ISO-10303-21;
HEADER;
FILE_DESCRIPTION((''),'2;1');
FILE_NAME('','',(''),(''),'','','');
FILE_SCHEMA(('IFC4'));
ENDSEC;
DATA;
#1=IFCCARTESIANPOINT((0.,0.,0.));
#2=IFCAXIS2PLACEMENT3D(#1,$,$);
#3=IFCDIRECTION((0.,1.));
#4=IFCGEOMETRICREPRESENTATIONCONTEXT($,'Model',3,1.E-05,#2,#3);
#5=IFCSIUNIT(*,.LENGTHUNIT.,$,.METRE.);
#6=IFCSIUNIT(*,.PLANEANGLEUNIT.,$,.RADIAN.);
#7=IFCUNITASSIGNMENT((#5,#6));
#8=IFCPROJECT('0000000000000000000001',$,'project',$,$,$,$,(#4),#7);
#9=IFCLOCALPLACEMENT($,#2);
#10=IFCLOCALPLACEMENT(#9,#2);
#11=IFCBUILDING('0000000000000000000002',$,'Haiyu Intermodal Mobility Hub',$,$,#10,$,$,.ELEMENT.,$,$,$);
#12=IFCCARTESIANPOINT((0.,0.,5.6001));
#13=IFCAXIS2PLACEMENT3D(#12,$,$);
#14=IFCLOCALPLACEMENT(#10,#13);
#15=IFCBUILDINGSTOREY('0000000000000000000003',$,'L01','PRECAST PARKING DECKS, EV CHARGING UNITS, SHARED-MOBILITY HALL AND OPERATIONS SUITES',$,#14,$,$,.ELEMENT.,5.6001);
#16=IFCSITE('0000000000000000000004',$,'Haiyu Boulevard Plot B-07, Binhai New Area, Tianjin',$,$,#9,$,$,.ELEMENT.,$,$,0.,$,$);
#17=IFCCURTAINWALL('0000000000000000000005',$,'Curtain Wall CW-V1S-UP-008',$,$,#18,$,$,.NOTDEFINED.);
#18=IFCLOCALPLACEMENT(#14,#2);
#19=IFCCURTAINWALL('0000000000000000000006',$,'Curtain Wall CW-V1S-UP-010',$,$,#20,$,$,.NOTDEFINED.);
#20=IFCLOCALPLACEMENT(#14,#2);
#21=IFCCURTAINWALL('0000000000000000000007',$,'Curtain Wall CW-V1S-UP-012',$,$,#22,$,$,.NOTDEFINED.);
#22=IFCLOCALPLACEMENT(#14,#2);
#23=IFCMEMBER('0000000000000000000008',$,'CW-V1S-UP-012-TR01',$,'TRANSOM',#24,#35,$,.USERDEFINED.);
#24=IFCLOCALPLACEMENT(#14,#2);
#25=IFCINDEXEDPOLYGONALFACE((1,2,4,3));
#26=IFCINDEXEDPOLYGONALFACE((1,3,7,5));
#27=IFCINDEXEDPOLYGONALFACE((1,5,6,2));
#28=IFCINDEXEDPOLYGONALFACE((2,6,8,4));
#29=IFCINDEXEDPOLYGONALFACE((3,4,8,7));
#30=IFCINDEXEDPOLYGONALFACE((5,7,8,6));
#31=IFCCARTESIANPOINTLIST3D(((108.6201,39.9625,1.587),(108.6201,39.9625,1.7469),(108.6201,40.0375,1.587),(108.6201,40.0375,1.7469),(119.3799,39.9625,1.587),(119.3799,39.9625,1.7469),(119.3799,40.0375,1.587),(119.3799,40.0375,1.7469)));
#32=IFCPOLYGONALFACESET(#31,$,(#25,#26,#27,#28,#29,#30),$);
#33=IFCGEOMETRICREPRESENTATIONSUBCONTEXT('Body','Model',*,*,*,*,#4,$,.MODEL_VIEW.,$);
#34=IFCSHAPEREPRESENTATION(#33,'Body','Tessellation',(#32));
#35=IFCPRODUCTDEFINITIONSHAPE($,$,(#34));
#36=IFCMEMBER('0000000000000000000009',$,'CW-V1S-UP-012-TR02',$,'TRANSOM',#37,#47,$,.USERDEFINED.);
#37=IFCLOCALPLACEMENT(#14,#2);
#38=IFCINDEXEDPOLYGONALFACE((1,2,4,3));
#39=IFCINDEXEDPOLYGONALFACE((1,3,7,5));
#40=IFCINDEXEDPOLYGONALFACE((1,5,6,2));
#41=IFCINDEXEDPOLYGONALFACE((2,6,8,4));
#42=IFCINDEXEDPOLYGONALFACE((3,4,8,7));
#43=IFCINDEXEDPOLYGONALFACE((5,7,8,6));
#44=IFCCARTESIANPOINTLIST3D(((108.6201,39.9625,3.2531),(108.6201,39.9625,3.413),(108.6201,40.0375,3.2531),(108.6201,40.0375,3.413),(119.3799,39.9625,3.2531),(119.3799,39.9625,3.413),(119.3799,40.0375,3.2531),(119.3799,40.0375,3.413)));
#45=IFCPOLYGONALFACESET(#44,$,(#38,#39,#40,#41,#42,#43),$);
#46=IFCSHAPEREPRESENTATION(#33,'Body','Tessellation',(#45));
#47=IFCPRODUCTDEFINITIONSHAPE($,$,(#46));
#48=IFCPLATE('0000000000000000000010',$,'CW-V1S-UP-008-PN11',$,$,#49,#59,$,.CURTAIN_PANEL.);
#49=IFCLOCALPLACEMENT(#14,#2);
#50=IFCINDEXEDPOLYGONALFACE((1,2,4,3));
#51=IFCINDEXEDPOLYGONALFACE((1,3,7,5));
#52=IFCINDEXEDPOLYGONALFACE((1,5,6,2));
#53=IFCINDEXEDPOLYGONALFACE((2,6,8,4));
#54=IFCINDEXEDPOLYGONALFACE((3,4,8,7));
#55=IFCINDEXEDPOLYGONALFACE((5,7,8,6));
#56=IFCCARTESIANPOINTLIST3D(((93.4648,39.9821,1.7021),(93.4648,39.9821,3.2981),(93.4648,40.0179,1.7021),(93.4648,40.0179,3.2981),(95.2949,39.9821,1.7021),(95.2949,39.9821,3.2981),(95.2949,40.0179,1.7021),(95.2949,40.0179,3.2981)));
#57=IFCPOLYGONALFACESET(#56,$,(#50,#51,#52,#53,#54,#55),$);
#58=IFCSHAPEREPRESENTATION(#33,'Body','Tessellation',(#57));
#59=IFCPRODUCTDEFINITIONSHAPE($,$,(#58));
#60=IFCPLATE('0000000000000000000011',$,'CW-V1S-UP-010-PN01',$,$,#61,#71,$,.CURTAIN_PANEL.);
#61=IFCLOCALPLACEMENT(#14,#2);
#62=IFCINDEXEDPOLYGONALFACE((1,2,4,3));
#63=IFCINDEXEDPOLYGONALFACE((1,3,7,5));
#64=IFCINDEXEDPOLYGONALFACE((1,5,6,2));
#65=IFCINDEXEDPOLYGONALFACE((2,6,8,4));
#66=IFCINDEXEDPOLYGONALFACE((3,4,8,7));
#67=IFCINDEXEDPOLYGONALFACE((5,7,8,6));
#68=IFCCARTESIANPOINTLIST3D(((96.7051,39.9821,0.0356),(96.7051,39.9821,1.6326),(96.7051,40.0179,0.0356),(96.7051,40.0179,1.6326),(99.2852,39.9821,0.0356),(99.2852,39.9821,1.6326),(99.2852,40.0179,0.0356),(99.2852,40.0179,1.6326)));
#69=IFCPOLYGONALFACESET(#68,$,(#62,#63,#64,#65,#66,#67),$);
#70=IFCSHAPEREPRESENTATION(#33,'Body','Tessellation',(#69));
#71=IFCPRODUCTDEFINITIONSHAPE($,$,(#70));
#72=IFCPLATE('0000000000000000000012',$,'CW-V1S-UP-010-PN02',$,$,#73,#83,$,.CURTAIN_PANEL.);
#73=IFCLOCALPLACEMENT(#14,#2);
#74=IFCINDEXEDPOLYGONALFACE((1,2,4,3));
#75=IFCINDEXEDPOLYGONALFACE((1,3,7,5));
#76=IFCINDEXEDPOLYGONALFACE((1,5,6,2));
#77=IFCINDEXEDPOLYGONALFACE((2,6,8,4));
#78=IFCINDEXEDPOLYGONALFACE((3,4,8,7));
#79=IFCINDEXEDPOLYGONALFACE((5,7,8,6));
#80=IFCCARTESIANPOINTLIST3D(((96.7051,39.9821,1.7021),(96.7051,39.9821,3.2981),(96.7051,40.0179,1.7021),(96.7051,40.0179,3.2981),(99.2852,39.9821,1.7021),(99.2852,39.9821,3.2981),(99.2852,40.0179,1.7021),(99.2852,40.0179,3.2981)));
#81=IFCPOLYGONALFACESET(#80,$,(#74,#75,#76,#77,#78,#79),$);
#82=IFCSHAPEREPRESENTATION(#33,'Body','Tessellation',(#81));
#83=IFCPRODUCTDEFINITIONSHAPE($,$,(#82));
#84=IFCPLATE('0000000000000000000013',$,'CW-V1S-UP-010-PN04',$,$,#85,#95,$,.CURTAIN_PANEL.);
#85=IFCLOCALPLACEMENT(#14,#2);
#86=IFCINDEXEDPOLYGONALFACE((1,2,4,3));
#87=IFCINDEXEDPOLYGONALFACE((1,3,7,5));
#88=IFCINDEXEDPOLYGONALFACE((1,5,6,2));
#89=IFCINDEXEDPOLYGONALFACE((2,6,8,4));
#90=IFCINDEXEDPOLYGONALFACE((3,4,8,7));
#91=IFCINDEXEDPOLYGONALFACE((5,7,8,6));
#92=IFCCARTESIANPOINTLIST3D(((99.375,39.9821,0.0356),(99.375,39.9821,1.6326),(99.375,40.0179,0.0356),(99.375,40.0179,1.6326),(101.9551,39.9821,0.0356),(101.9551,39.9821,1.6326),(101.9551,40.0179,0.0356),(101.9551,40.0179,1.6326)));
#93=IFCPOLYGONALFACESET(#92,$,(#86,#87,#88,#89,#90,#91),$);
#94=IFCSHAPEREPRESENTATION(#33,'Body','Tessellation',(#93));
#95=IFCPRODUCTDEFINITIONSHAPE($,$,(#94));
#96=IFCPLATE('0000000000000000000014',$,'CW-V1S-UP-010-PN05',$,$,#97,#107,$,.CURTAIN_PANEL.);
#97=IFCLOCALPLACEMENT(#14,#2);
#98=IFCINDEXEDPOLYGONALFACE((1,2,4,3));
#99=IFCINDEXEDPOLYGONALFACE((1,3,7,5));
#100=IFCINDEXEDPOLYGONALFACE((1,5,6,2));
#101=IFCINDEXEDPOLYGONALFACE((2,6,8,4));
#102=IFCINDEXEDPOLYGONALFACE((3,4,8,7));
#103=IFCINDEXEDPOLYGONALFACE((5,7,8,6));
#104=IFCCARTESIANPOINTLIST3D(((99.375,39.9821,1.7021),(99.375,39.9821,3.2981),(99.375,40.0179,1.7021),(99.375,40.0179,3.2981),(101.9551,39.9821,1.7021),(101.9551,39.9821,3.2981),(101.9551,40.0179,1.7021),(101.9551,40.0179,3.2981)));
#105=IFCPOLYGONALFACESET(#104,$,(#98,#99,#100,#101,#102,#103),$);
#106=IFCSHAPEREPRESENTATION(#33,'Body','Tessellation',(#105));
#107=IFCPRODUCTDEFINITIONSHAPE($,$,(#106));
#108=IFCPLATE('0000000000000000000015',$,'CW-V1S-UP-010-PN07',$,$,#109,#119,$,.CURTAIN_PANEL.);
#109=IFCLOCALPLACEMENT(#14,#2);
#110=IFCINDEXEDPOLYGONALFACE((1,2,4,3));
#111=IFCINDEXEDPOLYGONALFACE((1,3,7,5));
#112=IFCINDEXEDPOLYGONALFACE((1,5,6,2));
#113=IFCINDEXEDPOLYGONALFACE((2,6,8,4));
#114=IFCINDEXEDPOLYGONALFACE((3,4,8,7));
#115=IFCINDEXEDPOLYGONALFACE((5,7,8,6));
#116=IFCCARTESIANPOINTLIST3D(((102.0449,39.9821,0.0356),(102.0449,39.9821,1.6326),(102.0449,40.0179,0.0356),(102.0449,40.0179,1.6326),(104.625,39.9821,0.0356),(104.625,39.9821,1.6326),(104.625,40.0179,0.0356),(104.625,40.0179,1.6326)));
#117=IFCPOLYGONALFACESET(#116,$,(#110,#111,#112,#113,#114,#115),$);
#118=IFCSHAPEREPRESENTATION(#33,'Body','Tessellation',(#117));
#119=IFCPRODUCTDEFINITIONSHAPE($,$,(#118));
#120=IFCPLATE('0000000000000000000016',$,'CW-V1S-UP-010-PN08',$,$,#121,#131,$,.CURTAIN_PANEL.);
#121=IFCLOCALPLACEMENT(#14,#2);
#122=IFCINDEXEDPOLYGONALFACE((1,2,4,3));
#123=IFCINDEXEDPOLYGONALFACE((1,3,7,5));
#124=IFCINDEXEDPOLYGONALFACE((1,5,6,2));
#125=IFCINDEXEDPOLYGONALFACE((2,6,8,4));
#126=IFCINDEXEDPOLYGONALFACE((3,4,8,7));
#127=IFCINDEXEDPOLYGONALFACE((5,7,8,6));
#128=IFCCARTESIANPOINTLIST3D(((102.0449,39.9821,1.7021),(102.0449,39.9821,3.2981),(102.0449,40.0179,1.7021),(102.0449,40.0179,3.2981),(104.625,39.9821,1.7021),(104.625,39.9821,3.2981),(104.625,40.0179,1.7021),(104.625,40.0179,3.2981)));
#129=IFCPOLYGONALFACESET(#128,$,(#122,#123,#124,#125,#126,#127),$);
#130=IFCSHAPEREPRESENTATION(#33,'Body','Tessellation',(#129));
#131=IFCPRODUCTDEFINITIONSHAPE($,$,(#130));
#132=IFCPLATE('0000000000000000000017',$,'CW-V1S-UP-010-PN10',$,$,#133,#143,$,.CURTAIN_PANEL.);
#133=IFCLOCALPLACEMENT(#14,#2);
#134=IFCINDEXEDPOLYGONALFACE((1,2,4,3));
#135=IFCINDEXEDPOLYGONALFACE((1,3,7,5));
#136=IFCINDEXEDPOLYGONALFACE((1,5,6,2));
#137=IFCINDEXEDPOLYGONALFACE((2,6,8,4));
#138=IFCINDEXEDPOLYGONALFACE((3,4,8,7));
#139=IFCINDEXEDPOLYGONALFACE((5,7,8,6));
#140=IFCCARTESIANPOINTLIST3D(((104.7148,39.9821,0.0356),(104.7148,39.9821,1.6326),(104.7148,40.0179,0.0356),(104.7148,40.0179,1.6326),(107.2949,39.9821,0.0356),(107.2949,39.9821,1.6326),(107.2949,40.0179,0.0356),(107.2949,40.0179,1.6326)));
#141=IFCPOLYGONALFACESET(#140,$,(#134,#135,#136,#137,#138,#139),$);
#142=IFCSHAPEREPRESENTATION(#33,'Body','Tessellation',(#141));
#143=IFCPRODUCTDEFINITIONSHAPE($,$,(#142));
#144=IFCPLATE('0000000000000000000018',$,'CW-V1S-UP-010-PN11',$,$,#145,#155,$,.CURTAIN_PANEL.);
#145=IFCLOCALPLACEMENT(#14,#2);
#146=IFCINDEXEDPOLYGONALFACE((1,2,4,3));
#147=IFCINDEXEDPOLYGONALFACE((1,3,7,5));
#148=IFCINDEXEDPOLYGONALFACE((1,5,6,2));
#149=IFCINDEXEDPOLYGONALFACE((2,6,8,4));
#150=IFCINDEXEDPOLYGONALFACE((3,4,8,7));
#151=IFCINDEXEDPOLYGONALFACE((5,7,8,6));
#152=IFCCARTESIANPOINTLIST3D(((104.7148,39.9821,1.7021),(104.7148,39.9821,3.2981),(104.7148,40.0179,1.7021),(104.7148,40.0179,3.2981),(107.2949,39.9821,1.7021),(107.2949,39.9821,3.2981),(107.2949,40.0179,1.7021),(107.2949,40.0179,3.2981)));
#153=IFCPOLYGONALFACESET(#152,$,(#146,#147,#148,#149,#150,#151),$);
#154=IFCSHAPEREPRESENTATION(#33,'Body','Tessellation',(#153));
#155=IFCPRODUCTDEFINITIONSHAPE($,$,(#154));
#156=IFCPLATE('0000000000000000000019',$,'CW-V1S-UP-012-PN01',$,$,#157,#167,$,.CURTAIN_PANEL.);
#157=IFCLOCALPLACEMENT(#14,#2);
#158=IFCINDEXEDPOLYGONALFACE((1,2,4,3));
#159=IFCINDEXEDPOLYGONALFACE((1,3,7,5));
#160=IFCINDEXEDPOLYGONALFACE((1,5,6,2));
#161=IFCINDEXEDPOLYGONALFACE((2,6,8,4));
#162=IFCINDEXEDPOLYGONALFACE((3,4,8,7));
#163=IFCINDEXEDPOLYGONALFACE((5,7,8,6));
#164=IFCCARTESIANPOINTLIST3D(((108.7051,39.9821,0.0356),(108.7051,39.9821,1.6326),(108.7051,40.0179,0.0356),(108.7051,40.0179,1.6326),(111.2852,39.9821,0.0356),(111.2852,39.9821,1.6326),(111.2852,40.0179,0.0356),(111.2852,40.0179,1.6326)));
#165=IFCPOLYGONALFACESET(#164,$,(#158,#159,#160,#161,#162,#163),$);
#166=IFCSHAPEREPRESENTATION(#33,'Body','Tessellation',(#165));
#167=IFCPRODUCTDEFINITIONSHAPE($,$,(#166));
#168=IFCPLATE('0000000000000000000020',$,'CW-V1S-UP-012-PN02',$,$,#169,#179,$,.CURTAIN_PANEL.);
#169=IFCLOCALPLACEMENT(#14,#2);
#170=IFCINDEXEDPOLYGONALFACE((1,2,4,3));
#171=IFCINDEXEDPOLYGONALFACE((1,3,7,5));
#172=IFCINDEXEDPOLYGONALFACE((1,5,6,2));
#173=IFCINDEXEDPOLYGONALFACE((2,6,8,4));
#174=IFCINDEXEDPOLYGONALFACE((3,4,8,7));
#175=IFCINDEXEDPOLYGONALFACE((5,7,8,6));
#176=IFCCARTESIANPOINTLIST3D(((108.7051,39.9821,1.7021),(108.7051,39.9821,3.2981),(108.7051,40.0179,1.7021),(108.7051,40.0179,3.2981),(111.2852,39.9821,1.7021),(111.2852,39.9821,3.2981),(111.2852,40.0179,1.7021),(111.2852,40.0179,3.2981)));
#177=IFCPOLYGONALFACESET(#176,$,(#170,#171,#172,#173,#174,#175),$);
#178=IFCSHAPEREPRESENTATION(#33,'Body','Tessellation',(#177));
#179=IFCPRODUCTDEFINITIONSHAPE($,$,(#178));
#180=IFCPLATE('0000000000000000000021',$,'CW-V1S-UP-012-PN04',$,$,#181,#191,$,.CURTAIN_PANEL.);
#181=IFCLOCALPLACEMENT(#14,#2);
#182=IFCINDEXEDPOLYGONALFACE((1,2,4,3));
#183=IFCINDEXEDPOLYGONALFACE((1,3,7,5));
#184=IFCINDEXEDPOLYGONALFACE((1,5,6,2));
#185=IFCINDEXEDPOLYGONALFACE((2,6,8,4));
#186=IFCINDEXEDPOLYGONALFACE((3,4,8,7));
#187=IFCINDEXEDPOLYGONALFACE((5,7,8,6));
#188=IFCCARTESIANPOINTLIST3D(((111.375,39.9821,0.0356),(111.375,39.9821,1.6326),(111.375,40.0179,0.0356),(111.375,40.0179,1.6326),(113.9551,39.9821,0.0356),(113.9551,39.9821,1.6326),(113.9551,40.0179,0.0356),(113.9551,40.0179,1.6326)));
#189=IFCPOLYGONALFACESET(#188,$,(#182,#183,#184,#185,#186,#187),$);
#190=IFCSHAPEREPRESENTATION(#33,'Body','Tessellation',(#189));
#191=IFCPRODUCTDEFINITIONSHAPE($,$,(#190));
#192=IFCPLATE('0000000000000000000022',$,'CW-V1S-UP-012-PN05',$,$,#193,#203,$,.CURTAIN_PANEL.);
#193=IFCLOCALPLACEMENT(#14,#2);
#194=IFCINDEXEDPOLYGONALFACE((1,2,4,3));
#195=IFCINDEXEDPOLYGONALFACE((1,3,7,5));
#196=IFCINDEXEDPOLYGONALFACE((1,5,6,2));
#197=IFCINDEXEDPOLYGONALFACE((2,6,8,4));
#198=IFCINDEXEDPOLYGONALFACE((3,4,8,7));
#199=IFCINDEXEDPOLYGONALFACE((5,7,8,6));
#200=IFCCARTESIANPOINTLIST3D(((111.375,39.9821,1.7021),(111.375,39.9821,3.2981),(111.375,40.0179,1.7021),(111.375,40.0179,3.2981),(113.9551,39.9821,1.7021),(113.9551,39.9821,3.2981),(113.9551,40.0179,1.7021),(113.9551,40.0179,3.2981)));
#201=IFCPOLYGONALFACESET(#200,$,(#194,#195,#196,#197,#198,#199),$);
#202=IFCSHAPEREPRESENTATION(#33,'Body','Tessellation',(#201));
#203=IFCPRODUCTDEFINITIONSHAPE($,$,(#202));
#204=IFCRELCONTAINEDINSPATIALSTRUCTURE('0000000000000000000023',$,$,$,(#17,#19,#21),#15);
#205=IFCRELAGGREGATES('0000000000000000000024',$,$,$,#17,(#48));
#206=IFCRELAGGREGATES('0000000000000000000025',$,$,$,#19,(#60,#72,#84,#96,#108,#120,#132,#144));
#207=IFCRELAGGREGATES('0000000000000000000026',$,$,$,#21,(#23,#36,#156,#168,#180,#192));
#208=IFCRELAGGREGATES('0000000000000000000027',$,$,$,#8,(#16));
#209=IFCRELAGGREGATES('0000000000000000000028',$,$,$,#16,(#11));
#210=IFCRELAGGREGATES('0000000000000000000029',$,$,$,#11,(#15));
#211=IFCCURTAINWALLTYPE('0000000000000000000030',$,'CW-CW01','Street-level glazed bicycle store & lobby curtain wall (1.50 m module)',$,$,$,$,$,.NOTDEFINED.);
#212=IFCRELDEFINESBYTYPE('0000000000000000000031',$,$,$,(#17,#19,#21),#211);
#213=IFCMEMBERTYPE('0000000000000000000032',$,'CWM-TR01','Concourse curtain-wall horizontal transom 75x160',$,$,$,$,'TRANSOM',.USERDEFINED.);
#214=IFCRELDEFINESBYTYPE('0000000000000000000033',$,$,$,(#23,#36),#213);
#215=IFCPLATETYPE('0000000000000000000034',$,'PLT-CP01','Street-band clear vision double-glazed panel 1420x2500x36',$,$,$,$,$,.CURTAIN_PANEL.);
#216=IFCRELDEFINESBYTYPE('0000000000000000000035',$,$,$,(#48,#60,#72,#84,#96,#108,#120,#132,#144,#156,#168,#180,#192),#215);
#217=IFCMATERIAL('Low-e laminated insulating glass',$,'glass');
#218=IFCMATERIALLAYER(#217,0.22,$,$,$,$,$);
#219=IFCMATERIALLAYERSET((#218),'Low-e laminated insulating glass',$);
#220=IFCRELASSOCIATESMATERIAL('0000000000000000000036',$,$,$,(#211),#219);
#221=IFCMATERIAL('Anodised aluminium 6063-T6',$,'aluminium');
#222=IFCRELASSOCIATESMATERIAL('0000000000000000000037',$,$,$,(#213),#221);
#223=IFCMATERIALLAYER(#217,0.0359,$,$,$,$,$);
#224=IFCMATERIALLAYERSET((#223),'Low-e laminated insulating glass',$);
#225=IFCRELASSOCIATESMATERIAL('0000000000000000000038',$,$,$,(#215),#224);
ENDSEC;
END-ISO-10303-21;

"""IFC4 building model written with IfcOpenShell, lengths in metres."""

from ifc_helpers import new_model, si_unit, direction, frame, origin, origin_2d, place, context, subcontext, project, spatial, rectangle, extrude, material, layer, layer_set, material_profile, profile_set, type_object, element, aggregate, save


model = new_model("IFC4")

# Units and contexts
model_context = context("Model", 3, precision=1e-05, world=origin(), true_north=direction((0.0, 1.0)))
body_context = subcontext(model_context, "Body", "Model", "MODEL_VIEW")
ifc_project = project(units=[si_unit("LENGTHUNIT", "METRE"), si_unit("PLANEANGLEUNIT", "RADIAN")], contexts=[model_context])

# Site, building, storey
site_placement = place(None, origin())
site = spatial("IfcSite", under=ifc_project, at=site_placement, Name="Haiyu Boulevard Plot B-07, Binhai New Area, Tianjin", CompositionType="ELEMENT", RefElevation=0.0)
building_placement = place(site_placement, origin())
building = spatial("IfcBuilding", under=site, at=building_placement, Name="Haiyu Intermodal Mobility Hub", CompositionType="ELEMENT")
storey_placement = place(building_placement, frame((0.0, 0.0, 5.6001)))
storey = spatial("IfcBuildingStorey", under=building, at=storey_placement, Name="L01", Description="PRECAST PARKING DECKS, EV CHARGING UNITS, SHARED-MOBILITY HALL AND OPERATIONS SUITES", CompositionType="ELEMENT", Elevation=5.6001)

# Curtain wall
ifc_material_1 = material(Name="Low-e laminated insulating glass", Category="glass")
ifc_layer_1 = layer(ifc_material_1, 0.22)
ifc_layer_set_1 = layer_set([ifc_layer_1], Name="Low-e laminated insulating glass")
curtain_wall_type = type_object("IfcCurtainWallType", Name="CW-CW01", Description="Street-level glazed bicycle store & lobby curtain wall (1.50 m module)", PredefinedType="NOTDEFINED", material=ifc_layer_set_1)
curtain_wall_1_placement = place(storey_placement, origin())
curtain_wall_1 = element("IfcCurtainWall", 1, at=curtain_wall_1_placement, inside=storey, type_object=curtain_wall_type, Name="Curtain Wall CW-V1S-UP-008", PredefinedType="NOTDEFINED")
ifc_material_2 = material(Name="Anodised aluminium 6063-T6", Category="aluminium")

# Curtain walls
curtain_wall_2_placement = place(storey_placement, origin())
curtain_wall_2 = element("IfcCurtainWall", 2, at=curtain_wall_2_placement, inside=storey, type_object=curtain_wall_type, Name="Curtain Wall CW-V1S-UP-010", PredefinedType="NOTDEFINED")
curtain_wall_3_placement = place(storey_placement, origin())
curtain_wall_3 = element("IfcCurtainWall", 3, at=curtain_wall_3_placement, inside=storey, type_object=curtain_wall_type, Name="Curtain Wall CW-V1S-UP-012", PredefinedType="NOTDEFINED")

# Members
ifc_material_profile_1 = material_profile(ifc_material_2, rectangle(XDim=0.075, YDim=0.1599, at=origin_2d()), Name="ALU75x160")
ifc_profile_set_1 = profile_set([ifc_material_profile_1], Name="Anodised aluminium 6063-T6")
member_type_1 = type_object("IfcMemberType", Name="CWM-TR01", Description="Concourse curtain-wall horizontal transom 75x160", ElementType="TRANSOM", PredefinedType="USERDEFINED", material=ifc_profile_set_1)
member_1_placement = place(storey_placement, frame((108.6201, 40.0, 1.667), z_axis=(1.0, 0.0, 0.0), x_axis=(0.0, 1.0, 0.0)))
member_1 = element("IfcMember", 4, at=member_1_placement, type_object=member_type_1, Name="CW-V1S-UP-012-TR01", ObjectType="TRANSOM", PredefinedType="USERDEFINED", context=body_context, shape_type="SweptSolid", body=[
    extrude(rectangle(XDim=0.075, YDim=0.1599, at=origin_2d()), origin(), (0.0, 0.0, 1.0), 10.7598),
])
member_2_placement = place(storey_placement, frame((108.6201, 40.0, 3.333), z_axis=(1.0, 0.0, 0.0), x_axis=(0.0, 1.0, 0.0)))
member_2 = element("IfcMember", 5, at=member_2_placement, type_object=member_type_1, Name="CW-V1S-UP-012-TR02", ObjectType="TRANSOM", PredefinedType="USERDEFINED", context=body_context, shape_type="SweptSolid", body=[
    extrude(rectangle(XDim=0.075, YDim=0.1599, at=origin_2d()), origin(), (0.0, 0.0, 1.0), 10.7598),
])

# Plates
ifc_layer_2 = layer(ifc_material_1, 0.0359)
ifc_layer_set_2 = layer_set([ifc_layer_2], Name="Low-e laminated insulating glass")
plate_type_1 = type_object("IfcPlateType", Name="PLT-CP01", Description="Street-band clear vision double-glazed panel 1420x2500x36", PredefinedType="CURTAIN_PANEL", material=ifc_layer_set_2)
plate_1_placement = place(storey_placement, frame((94.3799, 40.0, 1.7021), z_axis=(0.0, 0.0, 1.0), x_axis=(1.0, 0.0, 0.0)))
plate_1 = element("IfcPlate", 6, at=plate_1_placement, type_object=plate_type_1, Name="CW-V1S-UP-008-PN11", PredefinedType="CURTAIN_PANEL", context=body_context, shape_type="SweptSolid", body=[
    extrude(rectangle(XDim=1.8301, YDim=0.0359, at=origin_2d()), origin(), (0.0, 0.0, 1.0), 1.5959),
])
plate_2_placement = place(storey_placement, frame((97.9951, 40.0, 0.0356), z_axis=(0.0, 0.0, 1.0), x_axis=(1.0, 0.0, 0.0)))
plate_2 = element("IfcPlate", 7, at=plate_2_placement, type_object=plate_type_1, Name="CW-V1S-UP-010-PN01", PredefinedType="CURTAIN_PANEL", context=body_context, shape_type="SweptSolid", body=[
    extrude(rectangle(XDim=2.5801, YDim=0.0359, at=origin_2d()), origin(), (0.0, 0.0, 1.0), 1.5969),
])
plate_3_placement = place(storey_placement, frame((97.9951, 40.0, 1.7021), z_axis=(0.0, 0.0, 1.0), x_axis=(1.0, 0.0, 0.0)))
plate_3 = element("IfcPlate", 8, at=plate_3_placement, type_object=plate_type_1, Name="CW-V1S-UP-010-PN02", PredefinedType="CURTAIN_PANEL", context=body_context, shape_type="SweptSolid", body=[
    extrude(rectangle(XDim=2.5801, YDim=0.0359, at=origin_2d()), origin(), (0.0, 0.0, 1.0), 1.5959),
])
plate_4_placement = place(storey_placement, frame((100.665, 40.0, 0.0356), z_axis=(0.0, 0.0, 1.0), x_axis=(1.0, 0.0, 0.0)))
plate_4 = element("IfcPlate", 9, at=plate_4_placement, type_object=plate_type_1, Name="CW-V1S-UP-010-PN04", PredefinedType="CURTAIN_PANEL", context=body_context, shape_type="SweptSolid", body=[
    extrude(rectangle(XDim=2.5801, YDim=0.0359, at=origin_2d()), origin(), (0.0, 0.0, 1.0), 1.5969),
])
plate_5_placement = place(storey_placement, frame((100.665, 40.0, 1.7021), z_axis=(0.0, 0.0, 1.0), x_axis=(1.0, 0.0, 0.0)))
plate_5 = element("IfcPlate", 10, at=plate_5_placement, type_object=plate_type_1, Name="CW-V1S-UP-010-PN05", PredefinedType="CURTAIN_PANEL", context=body_context, shape_type="SweptSolid", body=[
    extrude(rectangle(XDim=2.5801, YDim=0.0359, at=origin_2d()), origin(), (0.0, 0.0, 1.0), 1.5959),
])
plate_6_placement = place(storey_placement, frame((103.335, 40.0, 0.0356), z_axis=(0.0, 0.0, 1.0), x_axis=(1.0, 0.0, 0.0)))
plate_6 = element("IfcPlate", 11, at=plate_6_placement, type_object=plate_type_1, Name="CW-V1S-UP-010-PN07", PredefinedType="CURTAIN_PANEL", context=body_context, shape_type="SweptSolid", body=[
    extrude(rectangle(XDim=2.5801, YDim=0.0359, at=origin_2d()), origin(), (0.0, 0.0, 1.0), 1.5969),
])
plate_7_placement = place(storey_placement, frame((103.335, 40.0, 1.7021), z_axis=(0.0, 0.0, 1.0), x_axis=(1.0, 0.0, 0.0)))
plate_7 = element("IfcPlate", 12, at=plate_7_placement, type_object=plate_type_1, Name="CW-V1S-UP-010-PN08", PredefinedType="CURTAIN_PANEL", context=body_context, shape_type="SweptSolid", body=[
    extrude(rectangle(XDim=2.5801, YDim=0.0359, at=origin_2d()), origin(), (0.0, 0.0, 1.0), 1.5959),
])
plate_8_placement = place(storey_placement, frame((106.0049, 40.0, 0.0356), z_axis=(0.0, 0.0, 1.0), x_axis=(1.0, 0.0, 0.0)))
plate_8 = element("IfcPlate", 13, at=plate_8_placement, type_object=plate_type_1, Name="CW-V1S-UP-010-PN10", PredefinedType="CURTAIN_PANEL", context=body_context, shape_type="SweptSolid", body=[
    extrude(rectangle(XDim=2.5801, YDim=0.0359, at=origin_2d()), origin(), (0.0, 0.0, 1.0), 1.5969),
])
plate_9_placement = place(storey_placement, frame((106.0049, 40.0, 1.7021), z_axis=(0.0, 0.0, 1.0), x_axis=(1.0, 0.0, 0.0)))
plate_9 = element("IfcPlate", 14, at=plate_9_placement, type_object=plate_type_1, Name="CW-V1S-UP-010-PN11", PredefinedType="CURTAIN_PANEL", context=body_context, shape_type="SweptSolid", body=[
    extrude(rectangle(XDim=2.5801, YDim=0.0359, at=origin_2d()), origin(), (0.0, 0.0, 1.0), 1.5959),
])
plate_10_placement = place(storey_placement, frame((109.9951, 40.0, 0.0356), z_axis=(0.0, 0.0, 1.0), x_axis=(1.0, 0.0, 0.0)))
plate_10 = element("IfcPlate", 15, at=plate_10_placement, type_object=plate_type_1, Name="CW-V1S-UP-012-PN01", PredefinedType="CURTAIN_PANEL", context=body_context, shape_type="SweptSolid", body=[
    extrude(rectangle(XDim=2.5801, YDim=0.0359, at=origin_2d()), origin(), (0.0, 0.0, 1.0), 1.5969),
])
plate_11_placement = place(storey_placement, frame((109.9951, 40.0, 1.7021), z_axis=(0.0, 0.0, 1.0), x_axis=(1.0, 0.0, 0.0)))
plate_11 = element("IfcPlate", 16, at=plate_11_placement, type_object=plate_type_1, Name="CW-V1S-UP-012-PN02", PredefinedType="CURTAIN_PANEL", context=body_context, shape_type="SweptSolid", body=[
    extrude(rectangle(XDim=2.5801, YDim=0.0359, at=origin_2d()), origin(), (0.0, 0.0, 1.0), 1.5959),
])
plate_12_placement = place(storey_placement, frame((112.665, 40.0, 0.0356), z_axis=(0.0, 0.0, 1.0), x_axis=(1.0, 0.0, 0.0)))
plate_12 = element("IfcPlate", 17, at=plate_12_placement, type_object=plate_type_1, Name="CW-V1S-UP-012-PN04", PredefinedType="CURTAIN_PANEL", context=body_context, shape_type="SweptSolid", body=[
    extrude(rectangle(XDim=2.5801, YDim=0.0359, at=origin_2d()), origin(), (0.0, 0.0, 1.0), 1.5969),
])
plate_13_placement = place(storey_placement, frame((112.665, 40.0, 1.7021), z_axis=(0.0, 0.0, 1.0), x_axis=(1.0, 0.0, 0.0)))
plate_13 = element("IfcPlate", 18, at=plate_13_placement, type_object=plate_type_1, Name="CW-V1S-UP-012-PN05", PredefinedType="CURTAIN_PANEL", context=body_context, shape_type="SweptSolid", body=[
    extrude(rectangle(XDim=2.5801, YDim=0.0359, at=origin_2d()), origin(), (0.0, 0.0, 1.0), 1.5959),
])
aggregate(curtain_wall_1, [plate_1])
aggregate(curtain_wall_2, [plate_2, plate_3, plate_4, plate_5, plate_6, plate_7, plate_8, plate_9])
aggregate(curtain_wall_3, [member_1, member_2, plate_10, plate_11, plate_12, plate_13])

save(model, "model.ifc")
